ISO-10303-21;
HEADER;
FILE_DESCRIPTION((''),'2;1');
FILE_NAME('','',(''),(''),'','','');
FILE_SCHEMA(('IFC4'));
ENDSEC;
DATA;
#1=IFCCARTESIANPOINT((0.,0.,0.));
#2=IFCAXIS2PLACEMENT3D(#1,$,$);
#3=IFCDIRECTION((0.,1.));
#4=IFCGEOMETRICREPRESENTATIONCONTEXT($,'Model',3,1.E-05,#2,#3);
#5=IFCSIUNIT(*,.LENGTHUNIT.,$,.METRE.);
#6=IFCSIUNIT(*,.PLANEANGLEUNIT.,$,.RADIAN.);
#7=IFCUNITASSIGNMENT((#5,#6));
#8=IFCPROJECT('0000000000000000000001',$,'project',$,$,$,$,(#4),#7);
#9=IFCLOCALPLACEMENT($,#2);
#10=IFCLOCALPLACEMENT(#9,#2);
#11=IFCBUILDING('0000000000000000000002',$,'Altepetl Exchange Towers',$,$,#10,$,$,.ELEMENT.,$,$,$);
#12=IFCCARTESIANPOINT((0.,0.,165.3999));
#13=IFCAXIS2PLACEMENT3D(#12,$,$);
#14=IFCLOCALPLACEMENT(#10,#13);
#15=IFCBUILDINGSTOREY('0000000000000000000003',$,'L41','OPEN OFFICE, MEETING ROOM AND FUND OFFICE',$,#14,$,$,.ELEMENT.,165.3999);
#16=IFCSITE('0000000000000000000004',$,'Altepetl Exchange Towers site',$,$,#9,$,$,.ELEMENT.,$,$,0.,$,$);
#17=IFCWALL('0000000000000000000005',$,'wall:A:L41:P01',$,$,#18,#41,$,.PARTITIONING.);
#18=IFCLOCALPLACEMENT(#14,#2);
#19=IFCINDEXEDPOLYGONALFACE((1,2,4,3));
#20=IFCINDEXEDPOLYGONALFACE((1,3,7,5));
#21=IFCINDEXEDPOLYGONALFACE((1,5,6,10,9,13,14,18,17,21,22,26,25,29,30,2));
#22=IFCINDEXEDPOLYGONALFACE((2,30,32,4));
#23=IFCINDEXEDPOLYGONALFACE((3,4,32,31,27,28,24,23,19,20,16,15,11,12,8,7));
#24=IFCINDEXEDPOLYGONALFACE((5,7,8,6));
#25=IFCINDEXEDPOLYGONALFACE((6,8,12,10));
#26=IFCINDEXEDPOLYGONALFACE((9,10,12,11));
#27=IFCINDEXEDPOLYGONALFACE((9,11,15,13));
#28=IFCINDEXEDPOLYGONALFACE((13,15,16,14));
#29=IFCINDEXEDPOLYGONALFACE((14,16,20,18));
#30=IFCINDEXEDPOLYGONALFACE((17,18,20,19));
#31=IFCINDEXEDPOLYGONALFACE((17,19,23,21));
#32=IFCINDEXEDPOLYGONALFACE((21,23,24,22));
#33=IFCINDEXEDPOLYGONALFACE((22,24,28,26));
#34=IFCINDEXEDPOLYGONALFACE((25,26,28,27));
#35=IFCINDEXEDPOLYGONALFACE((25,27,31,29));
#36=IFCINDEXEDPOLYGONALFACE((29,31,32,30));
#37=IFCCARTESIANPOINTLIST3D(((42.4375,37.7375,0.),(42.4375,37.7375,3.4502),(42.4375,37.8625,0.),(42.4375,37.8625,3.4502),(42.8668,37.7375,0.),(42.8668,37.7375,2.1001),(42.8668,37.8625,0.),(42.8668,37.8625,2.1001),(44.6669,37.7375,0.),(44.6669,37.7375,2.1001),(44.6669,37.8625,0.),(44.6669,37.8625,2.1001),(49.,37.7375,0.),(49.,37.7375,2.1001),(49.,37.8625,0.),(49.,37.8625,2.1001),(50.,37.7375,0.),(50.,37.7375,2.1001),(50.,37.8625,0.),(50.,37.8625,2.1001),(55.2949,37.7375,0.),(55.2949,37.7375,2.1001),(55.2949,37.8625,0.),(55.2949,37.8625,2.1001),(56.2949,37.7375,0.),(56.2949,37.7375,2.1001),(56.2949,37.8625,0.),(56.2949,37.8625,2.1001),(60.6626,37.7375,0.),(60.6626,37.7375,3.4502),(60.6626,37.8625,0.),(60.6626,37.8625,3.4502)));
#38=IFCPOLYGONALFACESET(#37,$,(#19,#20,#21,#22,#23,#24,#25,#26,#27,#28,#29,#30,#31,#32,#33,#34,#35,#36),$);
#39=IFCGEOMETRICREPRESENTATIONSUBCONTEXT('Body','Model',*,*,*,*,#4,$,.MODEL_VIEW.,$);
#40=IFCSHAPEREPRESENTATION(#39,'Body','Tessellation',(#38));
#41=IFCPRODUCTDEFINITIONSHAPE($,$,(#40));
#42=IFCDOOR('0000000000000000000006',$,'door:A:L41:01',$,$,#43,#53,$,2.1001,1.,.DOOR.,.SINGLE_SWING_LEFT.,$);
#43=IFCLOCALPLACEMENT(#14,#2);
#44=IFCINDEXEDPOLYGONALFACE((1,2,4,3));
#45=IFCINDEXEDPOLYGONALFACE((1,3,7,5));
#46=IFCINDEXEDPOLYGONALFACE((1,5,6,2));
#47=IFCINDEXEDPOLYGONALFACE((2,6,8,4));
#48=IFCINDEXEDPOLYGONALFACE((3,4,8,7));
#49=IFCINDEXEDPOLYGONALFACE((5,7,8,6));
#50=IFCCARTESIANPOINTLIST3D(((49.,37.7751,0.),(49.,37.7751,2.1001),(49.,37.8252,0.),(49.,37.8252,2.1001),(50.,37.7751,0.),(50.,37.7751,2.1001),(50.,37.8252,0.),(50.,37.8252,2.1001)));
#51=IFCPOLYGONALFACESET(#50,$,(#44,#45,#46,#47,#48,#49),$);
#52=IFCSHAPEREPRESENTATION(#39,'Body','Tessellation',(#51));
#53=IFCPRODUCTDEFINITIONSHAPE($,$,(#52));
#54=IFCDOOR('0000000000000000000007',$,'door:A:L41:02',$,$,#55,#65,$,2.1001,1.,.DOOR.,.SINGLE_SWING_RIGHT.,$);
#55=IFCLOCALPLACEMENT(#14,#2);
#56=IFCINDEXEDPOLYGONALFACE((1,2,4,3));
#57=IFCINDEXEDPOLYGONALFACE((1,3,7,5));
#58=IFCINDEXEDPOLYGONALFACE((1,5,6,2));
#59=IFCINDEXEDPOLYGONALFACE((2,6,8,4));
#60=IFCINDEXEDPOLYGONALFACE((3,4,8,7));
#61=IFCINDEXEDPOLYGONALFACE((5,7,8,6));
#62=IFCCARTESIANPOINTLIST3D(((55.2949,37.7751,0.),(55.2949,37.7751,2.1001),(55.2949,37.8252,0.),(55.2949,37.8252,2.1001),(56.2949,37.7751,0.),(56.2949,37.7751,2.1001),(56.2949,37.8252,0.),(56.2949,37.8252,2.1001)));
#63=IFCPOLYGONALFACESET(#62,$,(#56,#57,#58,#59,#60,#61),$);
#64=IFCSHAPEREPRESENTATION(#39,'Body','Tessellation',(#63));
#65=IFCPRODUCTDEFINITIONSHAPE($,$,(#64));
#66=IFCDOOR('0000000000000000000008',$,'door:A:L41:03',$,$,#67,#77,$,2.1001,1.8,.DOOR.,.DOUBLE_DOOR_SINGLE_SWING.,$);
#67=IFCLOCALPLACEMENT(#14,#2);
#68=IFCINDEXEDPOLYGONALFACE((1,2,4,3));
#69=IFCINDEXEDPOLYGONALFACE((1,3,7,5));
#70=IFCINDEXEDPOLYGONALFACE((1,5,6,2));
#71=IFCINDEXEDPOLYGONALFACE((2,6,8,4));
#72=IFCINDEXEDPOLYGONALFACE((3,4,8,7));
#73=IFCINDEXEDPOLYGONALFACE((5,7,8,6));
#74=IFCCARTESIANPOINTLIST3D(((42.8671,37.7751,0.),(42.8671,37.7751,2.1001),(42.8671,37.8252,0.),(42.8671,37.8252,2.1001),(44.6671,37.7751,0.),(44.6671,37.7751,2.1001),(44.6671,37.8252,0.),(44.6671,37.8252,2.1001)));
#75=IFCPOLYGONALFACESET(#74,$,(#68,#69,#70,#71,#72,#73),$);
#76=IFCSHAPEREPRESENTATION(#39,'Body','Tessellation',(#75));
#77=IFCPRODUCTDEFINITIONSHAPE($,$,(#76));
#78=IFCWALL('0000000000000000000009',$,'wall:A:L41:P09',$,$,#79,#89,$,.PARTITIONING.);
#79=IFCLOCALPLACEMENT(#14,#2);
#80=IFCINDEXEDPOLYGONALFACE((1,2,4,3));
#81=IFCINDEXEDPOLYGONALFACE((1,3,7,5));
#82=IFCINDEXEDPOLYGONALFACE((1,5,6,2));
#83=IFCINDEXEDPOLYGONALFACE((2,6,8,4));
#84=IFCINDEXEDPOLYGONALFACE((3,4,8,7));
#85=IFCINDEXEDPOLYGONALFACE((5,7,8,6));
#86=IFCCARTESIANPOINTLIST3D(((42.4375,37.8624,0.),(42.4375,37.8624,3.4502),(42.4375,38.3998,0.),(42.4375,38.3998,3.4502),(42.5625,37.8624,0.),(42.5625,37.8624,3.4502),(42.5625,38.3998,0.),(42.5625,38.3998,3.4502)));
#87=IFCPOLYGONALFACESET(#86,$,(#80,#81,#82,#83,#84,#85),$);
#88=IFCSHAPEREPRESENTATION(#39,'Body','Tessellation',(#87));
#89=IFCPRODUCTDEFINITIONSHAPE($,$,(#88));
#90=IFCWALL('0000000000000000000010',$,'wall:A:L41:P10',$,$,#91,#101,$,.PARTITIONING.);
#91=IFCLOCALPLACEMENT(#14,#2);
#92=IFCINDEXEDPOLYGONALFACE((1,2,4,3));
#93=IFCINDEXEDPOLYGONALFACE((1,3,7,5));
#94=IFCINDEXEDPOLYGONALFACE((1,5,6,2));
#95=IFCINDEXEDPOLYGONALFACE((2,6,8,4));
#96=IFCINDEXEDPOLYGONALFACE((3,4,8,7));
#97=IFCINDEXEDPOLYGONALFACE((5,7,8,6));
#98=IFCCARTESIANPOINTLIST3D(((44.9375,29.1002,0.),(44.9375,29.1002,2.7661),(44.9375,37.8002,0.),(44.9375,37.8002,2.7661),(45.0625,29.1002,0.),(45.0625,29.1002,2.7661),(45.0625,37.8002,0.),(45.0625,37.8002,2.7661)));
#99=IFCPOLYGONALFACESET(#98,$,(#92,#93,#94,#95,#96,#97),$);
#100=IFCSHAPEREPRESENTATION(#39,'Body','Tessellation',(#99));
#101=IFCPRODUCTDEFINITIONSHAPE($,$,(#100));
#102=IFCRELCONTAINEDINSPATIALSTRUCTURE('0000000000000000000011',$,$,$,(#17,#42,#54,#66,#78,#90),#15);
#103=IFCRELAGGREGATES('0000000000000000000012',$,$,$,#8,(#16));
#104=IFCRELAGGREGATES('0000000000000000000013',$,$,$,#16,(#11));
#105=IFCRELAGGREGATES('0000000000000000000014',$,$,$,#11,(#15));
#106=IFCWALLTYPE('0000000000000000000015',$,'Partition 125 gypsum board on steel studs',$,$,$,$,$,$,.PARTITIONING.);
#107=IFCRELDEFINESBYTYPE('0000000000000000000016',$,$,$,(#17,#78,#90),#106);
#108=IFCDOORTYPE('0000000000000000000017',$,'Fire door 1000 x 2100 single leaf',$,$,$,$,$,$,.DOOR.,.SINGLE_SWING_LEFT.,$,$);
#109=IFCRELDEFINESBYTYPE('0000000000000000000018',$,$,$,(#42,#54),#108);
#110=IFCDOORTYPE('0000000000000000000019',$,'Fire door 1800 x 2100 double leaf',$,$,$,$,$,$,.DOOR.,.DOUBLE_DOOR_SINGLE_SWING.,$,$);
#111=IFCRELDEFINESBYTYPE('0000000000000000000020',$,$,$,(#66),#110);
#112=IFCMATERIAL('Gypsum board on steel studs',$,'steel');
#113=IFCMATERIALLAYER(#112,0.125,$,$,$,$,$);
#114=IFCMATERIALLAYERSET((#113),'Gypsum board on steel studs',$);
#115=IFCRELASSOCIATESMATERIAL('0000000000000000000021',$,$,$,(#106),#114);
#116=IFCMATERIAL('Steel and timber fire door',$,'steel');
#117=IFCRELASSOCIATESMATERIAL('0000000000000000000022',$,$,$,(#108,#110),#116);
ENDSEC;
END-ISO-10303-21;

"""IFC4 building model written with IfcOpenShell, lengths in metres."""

from ifc_helpers import new_model, si_unit, direction, frame, frame_2d, origin, place, context, subcontext, project, spatial, rectangle, extrude, material, layer, layer_set, type_object, element, fill, save


model = new_model("IFC4")

# Units and contexts
model_context = context("Model", 3, precision=1e-05, world=origin(), true_north=direction((0.0, 1.0)))
body_context = subcontext(model_context, "Body", "Model", "MODEL_VIEW")
ifc_project = project(units=[si_unit("LENGTHUNIT", "METRE"), si_unit("PLANEANGLEUNIT", "RADIAN")], contexts=[model_context])

# Site, building, storey
site_placement = place(None, origin())
site = spatial("IfcSite", under=ifc_project, at=site_placement, Name="Altepetl Exchange Towers site", CompositionType="ELEMENT", RefElevation=0.0)
building_placement = place(site_placement, origin())
building = spatial("IfcBuilding", under=site, at=building_placement, Name="Altepetl Exchange Towers", CompositionType="ELEMENT")
storey_placement = place(building_placement, frame((0.0, 0.0, 165.3999)))
storey = spatial("IfcBuildingStorey", under=building, at=storey_placement, Name="L41", Description="OPEN OFFICE, MEETING ROOM AND FUND OFFICE", CompositionType="ELEMENT", Elevation=165.3999)

# Wall, openings, doors
ifc_material_1 = material(Name="Gypsum board on steel studs", Category="steel")
ifc_layer_1 = layer(ifc_material_1, 0.125)
ifc_layer_set_1 = layer_set([ifc_layer_1], Name="Gypsum board on steel studs")
wall_type_1 = type_object("IfcWallType", Name="Partition 125 gypsum board on steel studs", PredefinedType="PARTITIONING", material=ifc_layer_set_1)
wall_1_placement = place(storey_placement, frame((42.4375, 37.8, 0.0)))
wall_1 = element("IfcWall", 1, at=wall_1_placement, inside=storey, type_object=wall_type_1, Name="wall:A:L41:P01", PredefinedType="PARTITIONING", context=body_context, shape_type="SweptSolid", body=[
    extrude(rectangle(XDim=18.2251, YDim=0.125, at=frame_2d((9.1125, 0.0))), origin(), (0.0, 0.0, 1.0), 3.4502),
])
opening_1_placement = place(wall_1_placement, frame((6.5625, 0.0, 0.0)))
opening_1 = element("IfcOpeningElement", 2, at=opening_1_placement, cuts=wall_1, PredefinedType="OPENING", context=body_context, shape_type="SweptSolid", body=[
    extrude(rectangle(XDim=1.0, YDim=2.1001, at=frame_2d((0.5, 1.05))), frame((0.0, 0.0725, 0.0), z_axis=(0.0, -1.0, 0.0), x_axis=(1.0, 0.0, 0.0)), (0.0, 0.0, 1.0), 0.145),
])
opening_2_placement = place(wall_1_placement, frame((12.8574, 0.0, 0.0)))
opening_2 = element("IfcOpeningElement", 3, at=opening_2_placement, cuts=wall_1, PredefinedType="OPENING", context=body_context, shape_type="SweptSolid", body=[
    extrude(rectangle(XDim=1.0, YDim=2.1001, at=frame_2d((0.5, 1.05))), frame((0.0, 0.0725, 0.0), z_axis=(0.0, -1.0, 0.0), x_axis=(1.0, 0.0, 0.0)), (0.0, 0.0, 1.0), 0.145),
])
opening_3_placement = place(wall_1_placement, frame((0.4294, 0.0, 0.0)))
opening_3 = element("IfcOpeningElement", 4, at=opening_3_placement, cuts=wall_1, PredefinedType="OPENING", context=body_context, shape_type="SweptSolid", body=[
    extrude(rectangle(XDim=1.8, YDim=2.1001, at=frame_2d((0.8999, 1.05))), frame((0.0, 0.0725, 0.0), z_axis=(0.0, -1.0, 0.0), x_axis=(1.0, 0.0, 0.0)), (0.0, 0.0, 1.0), 0.145),
])
ifc_material_2 = material(Name="Steel and timber fire door", Category="steel")
door_type_1 = type_object("IfcDoorType", Name="Fire door 1000 x 2100 single leaf", OperationType="SINGLE_SWING_LEFT", PredefinedType="DOOR", material=ifc_material_2)
door_1_placement = place(opening_1_placement, frame((1.0, 0.0, 0.0), x_axis=(-1.0, 0.0, 0.0)))
door_1 = element("IfcDoor", 5, at=door_1_placement, inside=storey, type_object=door_type_1, Name="door:A:L41:01", OperationType="SINGLE_SWING_LEFT", OverallHeight=2.1001, OverallWidth=1.0, PredefinedType="DOOR", context=body_context, shape_type="SweptSolid", body=[
    extrude(rectangle(XDim=1.0, YDim=2.1001, at=frame_2d((0.5, 1.05))), frame((0.0, 0.0249, 0.0), z_axis=(0.0, -1.0, 0.0), x_axis=(1.0, 0.0, 0.0)), (0.0, 0.0, 1.0), 0.05),
])
fill(opening_1, door_1)
door_2_placement = place(opening_2_placement, frame((1.0, 0.0, 0.0), x_axis=(-1.0, 0.0, 0.0)))
door_2 = element("IfcDoor", 6, at=door_2_placement, inside=storey, type_object=door_type_1, Name="door:A:L41:02", OperationType="SINGLE_SWING_RIGHT", OverallHeight=2.1001, OverallWidth=1.0, PredefinedType="DOOR", context=body_context, shape_type="SweptSolid", body=[
    extrude(rectangle(XDim=1.0, YDim=2.1001, at=frame_2d((0.5, 1.05))), frame((0.0, 0.0249, 0.0), z_axis=(0.0, -1.0, 0.0), x_axis=(1.0, 0.0, 0.0)), (0.0, 0.0, 1.0), 0.05),
])
fill(opening_2, door_2)
door_type_2 = type_object("IfcDoorType", Name="Fire door 1800 x 2100 double leaf", OperationType="DOUBLE_DOOR_SINGLE_SWING", PredefinedType="DOOR", material=ifc_material_2)
door_3_placement = place(opening_3_placement, frame((1.8, 0.0, 0.0), x_axis=(-1.0, 0.0, 0.0)))
door_3 = element("IfcDoor", 7, at=door_3_placement, inside=storey, type_object=door_type_2, Name="door:A:L41:03", OperationType="DOUBLE_DOOR_SINGLE_SWING", OverallHeight=2.1001, OverallWidth=1.8, PredefinedType="DOOR", context=body_context, shape_type="SweptSolid", body=[
    extrude(rectangle(XDim=1.8, YDim=2.1001, at=frame_2d((0.8999, 1.05))), frame((0.0, 0.0249, 0.0), z_axis=(0.0, -1.0, 0.0), x_axis=(1.0, 0.0, 0.0)), (0.0, 0.0, 1.0), 0.05),
])
fill(opening_3, door_3)

# Walls
wall_2_placement = place(storey_placement, frame((42.5, 37.8625, 0.0), z_axis=(0.0, 0.0, 1.0), x_axis=(0.0, 1.0, 0.0)))
element("IfcWall", 8, at=wall_2_placement, inside=storey, type_object=wall_type_1, Name="wall:A:L41:P09", PredefinedType="PARTITIONING", context=body_context, shape_type="SweptSolid", body=[
    extrude(rectangle(XDim=0.5374, YDim=0.125, at=frame_2d((0.2686, 0.0))), origin(), (0.0, 0.0, 1.0), 3.4502),
])
wall_3_placement = place(storey_placement, frame((45.0, 29.1001, 0.0), z_axis=(0.0, 0.0, 1.0), x_axis=(0.0, 1.0, 0.0)))
element("IfcWall", 9, at=wall_3_placement, inside=storey, type_object=wall_type_1, Name="wall:A:L41:P10", PredefinedType="PARTITIONING", context=body_context, shape_type="SweptSolid", body=[
    extrude(rectangle(XDim=8.7, YDim=0.125, at=frame_2d((4.3501, 0.0))), origin(), (0.0, 0.0, 1.0), 2.7661),
])

save(model, "model.ifc")
